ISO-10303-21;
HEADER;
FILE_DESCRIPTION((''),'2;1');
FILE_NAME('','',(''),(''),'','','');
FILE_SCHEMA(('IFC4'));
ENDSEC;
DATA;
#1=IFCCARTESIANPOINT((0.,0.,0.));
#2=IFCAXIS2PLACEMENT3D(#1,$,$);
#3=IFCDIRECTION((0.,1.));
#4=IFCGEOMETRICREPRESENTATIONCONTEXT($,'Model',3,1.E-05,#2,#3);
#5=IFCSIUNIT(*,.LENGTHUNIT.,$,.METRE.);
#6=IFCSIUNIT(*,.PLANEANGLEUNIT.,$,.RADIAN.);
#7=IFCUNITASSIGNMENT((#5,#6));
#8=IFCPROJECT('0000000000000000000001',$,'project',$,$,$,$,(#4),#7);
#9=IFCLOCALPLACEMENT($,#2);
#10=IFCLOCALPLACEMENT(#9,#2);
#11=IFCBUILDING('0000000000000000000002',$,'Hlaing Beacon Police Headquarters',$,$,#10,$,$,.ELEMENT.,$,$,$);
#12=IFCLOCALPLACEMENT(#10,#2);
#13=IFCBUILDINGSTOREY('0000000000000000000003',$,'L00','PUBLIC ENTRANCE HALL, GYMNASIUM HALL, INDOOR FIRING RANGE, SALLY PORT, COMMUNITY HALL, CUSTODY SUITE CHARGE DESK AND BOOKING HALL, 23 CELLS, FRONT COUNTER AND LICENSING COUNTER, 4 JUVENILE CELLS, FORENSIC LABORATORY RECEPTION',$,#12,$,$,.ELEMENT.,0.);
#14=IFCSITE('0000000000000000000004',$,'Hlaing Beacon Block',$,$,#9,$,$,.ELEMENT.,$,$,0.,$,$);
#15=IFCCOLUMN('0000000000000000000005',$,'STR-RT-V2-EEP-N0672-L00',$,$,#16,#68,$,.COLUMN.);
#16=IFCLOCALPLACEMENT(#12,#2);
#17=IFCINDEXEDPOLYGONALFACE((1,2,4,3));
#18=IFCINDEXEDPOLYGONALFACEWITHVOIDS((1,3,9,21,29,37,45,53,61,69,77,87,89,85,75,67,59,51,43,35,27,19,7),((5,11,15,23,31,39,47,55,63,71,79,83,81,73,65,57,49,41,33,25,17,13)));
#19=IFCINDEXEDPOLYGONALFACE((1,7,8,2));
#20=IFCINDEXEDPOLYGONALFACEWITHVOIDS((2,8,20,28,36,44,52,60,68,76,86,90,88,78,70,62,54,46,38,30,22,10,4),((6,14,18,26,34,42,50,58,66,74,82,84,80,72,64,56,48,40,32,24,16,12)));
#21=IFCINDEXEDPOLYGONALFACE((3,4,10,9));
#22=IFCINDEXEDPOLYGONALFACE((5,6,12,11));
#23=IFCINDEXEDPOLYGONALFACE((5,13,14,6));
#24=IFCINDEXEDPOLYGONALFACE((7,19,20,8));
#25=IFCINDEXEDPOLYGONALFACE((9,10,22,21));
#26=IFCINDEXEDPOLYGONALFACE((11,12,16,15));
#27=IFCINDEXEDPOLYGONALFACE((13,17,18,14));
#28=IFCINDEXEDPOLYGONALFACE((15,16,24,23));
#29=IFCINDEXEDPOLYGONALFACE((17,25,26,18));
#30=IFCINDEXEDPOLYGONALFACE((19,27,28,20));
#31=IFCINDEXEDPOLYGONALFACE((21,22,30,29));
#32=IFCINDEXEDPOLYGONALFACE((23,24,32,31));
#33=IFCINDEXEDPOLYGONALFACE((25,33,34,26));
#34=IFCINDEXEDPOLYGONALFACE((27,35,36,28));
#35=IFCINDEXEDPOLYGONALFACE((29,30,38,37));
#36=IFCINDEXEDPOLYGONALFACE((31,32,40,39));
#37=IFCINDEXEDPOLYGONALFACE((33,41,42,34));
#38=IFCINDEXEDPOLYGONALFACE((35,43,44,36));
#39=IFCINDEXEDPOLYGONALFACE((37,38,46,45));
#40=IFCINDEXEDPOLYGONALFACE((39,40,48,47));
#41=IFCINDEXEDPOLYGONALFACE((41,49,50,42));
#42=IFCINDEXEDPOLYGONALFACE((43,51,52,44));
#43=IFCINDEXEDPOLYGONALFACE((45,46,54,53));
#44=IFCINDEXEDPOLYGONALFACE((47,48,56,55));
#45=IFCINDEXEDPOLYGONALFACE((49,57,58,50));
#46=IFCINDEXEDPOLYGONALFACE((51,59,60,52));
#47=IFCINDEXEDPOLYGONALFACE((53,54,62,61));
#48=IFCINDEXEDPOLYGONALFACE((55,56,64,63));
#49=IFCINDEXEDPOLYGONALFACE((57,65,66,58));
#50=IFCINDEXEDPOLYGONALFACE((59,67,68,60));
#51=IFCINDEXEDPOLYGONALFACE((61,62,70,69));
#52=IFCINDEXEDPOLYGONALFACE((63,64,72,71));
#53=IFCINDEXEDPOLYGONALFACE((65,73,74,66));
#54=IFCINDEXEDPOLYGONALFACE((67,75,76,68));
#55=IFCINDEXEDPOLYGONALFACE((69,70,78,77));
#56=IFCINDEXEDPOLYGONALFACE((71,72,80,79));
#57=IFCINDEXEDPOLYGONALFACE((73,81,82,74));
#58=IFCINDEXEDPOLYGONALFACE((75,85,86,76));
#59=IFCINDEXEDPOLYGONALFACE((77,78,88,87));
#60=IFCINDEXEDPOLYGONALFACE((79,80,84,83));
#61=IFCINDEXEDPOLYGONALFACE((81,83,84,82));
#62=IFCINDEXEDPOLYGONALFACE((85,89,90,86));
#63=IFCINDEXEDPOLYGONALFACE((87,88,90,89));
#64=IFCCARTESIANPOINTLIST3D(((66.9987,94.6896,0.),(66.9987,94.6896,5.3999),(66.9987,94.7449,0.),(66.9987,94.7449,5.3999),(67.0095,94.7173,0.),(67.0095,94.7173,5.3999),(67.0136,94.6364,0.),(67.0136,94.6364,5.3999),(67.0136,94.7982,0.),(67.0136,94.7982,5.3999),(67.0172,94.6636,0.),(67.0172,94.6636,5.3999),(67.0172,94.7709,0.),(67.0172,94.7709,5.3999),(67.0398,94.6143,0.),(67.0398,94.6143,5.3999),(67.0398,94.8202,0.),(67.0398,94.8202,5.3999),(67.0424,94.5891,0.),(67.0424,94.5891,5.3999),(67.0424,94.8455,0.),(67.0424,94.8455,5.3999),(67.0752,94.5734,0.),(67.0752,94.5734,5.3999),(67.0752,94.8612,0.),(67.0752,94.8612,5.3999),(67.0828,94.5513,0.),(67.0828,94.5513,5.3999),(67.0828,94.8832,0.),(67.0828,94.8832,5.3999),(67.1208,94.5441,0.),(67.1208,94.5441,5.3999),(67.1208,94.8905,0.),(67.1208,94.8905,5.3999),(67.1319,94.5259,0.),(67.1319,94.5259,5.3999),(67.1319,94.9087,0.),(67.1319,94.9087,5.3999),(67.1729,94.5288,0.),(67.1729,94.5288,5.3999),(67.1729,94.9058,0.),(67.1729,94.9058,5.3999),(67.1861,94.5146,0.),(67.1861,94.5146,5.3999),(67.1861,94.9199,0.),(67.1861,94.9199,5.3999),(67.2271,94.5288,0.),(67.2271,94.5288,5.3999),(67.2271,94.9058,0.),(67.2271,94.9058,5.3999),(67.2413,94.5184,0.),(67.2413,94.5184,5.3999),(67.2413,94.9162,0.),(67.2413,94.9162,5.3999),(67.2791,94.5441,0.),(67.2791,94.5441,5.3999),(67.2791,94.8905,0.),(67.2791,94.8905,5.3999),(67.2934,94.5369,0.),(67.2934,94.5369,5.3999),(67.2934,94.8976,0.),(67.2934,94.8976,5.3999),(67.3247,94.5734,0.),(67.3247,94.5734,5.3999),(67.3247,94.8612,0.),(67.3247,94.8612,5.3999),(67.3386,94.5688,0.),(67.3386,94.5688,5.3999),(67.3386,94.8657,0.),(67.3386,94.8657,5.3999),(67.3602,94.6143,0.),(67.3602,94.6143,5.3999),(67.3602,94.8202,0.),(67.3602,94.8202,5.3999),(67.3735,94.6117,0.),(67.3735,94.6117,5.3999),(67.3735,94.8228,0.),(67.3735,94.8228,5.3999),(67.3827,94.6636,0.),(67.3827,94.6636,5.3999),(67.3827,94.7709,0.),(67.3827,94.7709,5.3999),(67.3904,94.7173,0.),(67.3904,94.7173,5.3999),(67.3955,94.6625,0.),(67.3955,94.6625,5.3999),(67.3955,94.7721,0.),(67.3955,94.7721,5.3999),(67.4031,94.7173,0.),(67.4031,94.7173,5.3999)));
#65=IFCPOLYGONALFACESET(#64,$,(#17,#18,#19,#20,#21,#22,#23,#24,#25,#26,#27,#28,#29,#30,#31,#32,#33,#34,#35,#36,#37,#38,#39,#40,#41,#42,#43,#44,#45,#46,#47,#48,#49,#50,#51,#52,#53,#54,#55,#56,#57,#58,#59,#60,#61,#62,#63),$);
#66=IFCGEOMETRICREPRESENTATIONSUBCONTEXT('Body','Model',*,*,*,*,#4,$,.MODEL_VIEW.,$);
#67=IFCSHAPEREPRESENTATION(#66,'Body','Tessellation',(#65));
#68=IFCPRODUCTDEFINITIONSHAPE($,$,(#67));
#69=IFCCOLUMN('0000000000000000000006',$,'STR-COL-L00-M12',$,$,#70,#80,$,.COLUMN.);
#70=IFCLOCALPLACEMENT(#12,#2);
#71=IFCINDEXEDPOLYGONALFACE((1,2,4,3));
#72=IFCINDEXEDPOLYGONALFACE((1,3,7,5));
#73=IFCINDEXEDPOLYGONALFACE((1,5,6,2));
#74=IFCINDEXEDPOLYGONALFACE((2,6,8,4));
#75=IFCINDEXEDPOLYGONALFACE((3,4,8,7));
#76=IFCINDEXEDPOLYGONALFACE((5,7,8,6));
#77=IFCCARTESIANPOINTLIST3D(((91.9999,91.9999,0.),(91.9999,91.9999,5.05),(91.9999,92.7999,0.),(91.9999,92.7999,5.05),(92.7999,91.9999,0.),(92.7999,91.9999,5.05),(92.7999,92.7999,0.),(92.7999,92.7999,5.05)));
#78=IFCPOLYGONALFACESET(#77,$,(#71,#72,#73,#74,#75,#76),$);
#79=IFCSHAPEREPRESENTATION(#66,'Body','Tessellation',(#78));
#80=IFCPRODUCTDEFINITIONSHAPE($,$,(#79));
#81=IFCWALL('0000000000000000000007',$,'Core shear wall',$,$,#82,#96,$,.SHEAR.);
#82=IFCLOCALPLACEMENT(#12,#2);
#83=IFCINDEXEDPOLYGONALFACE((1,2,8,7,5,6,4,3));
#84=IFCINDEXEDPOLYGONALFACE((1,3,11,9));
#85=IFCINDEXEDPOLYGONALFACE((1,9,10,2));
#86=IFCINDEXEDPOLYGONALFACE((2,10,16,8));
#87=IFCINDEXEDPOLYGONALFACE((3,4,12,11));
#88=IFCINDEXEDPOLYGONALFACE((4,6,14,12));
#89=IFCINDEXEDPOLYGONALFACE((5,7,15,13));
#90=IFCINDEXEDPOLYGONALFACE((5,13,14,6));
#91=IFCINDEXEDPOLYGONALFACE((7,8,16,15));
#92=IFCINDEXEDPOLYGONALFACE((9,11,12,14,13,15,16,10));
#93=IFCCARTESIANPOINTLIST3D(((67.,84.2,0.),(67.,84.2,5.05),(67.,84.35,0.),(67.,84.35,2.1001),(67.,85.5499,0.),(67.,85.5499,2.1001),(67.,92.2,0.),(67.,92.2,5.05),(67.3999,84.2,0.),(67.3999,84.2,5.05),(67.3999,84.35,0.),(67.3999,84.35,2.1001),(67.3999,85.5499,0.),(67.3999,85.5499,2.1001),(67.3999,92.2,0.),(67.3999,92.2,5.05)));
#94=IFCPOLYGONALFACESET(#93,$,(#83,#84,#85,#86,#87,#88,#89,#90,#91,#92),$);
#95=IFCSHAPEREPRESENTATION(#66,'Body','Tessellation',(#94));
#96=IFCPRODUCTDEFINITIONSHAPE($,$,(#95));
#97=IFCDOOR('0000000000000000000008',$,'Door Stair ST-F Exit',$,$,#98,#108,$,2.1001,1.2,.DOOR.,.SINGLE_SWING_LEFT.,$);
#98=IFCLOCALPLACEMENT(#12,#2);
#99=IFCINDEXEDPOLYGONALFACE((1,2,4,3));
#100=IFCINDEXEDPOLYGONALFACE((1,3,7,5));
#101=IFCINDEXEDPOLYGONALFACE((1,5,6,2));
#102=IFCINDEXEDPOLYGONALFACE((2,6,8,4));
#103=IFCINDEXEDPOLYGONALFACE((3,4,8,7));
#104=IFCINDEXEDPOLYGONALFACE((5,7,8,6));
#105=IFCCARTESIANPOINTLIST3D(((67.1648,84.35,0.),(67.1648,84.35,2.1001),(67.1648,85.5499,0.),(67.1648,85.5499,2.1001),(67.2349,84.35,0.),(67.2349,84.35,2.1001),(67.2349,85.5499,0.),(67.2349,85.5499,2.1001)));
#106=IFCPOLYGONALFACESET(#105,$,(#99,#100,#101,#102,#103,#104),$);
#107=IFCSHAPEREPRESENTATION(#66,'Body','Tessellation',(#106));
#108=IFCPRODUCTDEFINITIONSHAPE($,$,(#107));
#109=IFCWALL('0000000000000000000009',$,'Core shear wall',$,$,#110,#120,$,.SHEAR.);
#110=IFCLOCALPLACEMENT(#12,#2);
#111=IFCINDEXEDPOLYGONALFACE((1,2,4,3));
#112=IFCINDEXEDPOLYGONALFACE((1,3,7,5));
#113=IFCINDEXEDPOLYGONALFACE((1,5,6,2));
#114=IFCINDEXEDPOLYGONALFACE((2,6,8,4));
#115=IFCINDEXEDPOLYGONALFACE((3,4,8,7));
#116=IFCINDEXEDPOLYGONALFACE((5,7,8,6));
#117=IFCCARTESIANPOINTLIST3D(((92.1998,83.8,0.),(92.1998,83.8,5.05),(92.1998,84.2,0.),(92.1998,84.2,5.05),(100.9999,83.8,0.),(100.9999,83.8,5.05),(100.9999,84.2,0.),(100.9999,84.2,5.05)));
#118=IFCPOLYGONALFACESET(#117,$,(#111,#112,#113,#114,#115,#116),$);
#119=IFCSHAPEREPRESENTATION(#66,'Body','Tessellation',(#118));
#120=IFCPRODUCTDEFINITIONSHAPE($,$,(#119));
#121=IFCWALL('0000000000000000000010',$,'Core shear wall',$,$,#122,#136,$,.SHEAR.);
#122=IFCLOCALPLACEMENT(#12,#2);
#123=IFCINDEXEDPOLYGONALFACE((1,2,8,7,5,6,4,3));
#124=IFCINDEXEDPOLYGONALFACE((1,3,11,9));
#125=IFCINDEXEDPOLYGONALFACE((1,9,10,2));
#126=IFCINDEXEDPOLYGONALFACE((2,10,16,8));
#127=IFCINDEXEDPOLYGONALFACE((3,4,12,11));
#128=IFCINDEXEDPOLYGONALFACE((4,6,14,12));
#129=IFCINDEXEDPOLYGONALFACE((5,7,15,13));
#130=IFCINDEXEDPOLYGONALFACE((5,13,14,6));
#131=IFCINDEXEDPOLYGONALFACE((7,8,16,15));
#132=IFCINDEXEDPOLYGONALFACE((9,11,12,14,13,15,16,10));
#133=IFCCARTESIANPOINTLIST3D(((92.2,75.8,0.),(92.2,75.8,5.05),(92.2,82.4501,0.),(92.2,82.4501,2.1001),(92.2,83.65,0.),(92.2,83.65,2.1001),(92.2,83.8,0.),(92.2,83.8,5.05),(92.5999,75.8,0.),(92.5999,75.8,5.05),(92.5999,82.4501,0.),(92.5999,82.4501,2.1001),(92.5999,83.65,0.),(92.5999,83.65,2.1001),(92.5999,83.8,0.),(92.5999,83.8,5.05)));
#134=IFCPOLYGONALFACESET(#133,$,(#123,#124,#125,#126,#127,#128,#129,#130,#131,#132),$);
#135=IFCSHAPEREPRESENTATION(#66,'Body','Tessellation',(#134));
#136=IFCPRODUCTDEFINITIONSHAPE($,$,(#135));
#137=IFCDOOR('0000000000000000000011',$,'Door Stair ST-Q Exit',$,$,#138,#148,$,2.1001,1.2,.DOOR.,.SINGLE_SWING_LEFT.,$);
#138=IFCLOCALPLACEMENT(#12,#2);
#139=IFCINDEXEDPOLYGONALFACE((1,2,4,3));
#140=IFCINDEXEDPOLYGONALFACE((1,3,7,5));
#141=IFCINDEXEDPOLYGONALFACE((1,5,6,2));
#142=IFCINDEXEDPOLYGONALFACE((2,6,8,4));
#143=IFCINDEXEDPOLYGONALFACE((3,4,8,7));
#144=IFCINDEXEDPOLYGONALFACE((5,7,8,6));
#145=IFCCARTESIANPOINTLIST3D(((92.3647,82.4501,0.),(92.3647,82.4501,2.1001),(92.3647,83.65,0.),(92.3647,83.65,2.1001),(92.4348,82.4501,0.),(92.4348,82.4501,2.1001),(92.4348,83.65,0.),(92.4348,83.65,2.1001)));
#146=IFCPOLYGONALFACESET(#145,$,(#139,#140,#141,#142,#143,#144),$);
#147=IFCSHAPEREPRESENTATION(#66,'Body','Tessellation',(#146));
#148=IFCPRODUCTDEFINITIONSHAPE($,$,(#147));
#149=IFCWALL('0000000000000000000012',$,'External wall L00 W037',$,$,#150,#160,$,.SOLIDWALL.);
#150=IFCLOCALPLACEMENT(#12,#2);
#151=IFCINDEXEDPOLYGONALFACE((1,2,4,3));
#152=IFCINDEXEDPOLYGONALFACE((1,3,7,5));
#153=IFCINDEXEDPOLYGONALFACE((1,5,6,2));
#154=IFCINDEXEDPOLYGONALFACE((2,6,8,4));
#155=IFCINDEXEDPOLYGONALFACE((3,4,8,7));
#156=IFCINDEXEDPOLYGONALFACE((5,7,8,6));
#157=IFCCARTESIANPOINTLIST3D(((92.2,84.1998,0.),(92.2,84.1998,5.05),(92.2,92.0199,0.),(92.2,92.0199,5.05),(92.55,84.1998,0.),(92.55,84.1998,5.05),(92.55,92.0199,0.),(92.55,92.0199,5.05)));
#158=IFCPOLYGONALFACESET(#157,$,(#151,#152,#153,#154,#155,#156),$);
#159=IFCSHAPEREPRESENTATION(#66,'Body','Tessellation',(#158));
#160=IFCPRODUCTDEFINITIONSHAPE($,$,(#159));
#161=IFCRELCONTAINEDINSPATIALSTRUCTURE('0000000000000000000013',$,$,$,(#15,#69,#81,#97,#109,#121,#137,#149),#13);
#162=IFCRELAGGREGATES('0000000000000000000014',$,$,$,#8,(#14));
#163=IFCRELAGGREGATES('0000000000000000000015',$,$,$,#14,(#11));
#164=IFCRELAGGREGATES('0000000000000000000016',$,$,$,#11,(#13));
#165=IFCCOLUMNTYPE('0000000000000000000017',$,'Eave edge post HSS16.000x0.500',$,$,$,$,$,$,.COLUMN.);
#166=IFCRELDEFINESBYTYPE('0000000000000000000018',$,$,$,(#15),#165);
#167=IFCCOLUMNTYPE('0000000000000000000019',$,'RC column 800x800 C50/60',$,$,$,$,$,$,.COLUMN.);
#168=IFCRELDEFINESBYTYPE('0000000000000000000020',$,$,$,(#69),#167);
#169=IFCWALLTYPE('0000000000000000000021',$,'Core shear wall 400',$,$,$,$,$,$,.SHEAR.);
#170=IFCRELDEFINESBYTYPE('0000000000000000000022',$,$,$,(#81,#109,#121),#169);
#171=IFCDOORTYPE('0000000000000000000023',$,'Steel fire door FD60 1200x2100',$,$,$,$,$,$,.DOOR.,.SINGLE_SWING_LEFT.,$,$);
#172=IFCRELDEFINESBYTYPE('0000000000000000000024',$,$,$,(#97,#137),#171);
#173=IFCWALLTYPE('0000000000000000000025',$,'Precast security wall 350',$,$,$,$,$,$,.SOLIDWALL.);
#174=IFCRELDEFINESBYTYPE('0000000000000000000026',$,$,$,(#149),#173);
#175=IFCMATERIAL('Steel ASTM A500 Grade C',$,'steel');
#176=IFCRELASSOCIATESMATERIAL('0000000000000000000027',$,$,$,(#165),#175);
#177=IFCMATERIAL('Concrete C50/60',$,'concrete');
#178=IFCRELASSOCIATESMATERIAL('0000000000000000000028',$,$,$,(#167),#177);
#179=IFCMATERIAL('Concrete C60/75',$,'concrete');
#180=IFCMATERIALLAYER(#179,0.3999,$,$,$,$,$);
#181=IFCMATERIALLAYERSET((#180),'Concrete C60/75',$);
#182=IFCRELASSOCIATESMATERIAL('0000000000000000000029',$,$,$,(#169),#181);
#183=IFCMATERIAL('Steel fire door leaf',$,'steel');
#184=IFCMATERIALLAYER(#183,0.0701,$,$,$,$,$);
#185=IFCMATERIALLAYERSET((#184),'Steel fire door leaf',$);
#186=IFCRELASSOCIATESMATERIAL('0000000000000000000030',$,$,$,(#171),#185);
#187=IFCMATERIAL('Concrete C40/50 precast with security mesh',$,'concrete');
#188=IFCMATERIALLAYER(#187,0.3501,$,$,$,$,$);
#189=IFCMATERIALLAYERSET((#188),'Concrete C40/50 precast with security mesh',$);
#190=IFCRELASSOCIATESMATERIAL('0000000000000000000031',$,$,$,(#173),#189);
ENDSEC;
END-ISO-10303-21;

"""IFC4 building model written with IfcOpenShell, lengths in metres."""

from ifc_helpers import new_model, si_unit, direction, frame, frame_2d, origin, origin_2d, place, context, subcontext, project, spatial, rectangle, hollow_circle, extrude, material, layer, layer_set, material_profile, profile_set, type_object, element, fill, save


model = new_model("IFC4")

# Units and contexts
model_context = context("Model", 3, precision=1e-05, world=origin(), true_north=direction((0.0, 1.0)))
body_context = subcontext(model_context, "Body", "Model", "MODEL_VIEW")
ifc_project = project(units=[si_unit("LENGTHUNIT", "METRE"), si_unit("PLANEANGLEUNIT", "RADIAN")], contexts=[model_context])

# Site, building, storey
site_placement = place(None, origin())
site = spatial("IfcSite", under=ifc_project, at=site_placement, Name="Hlaing Beacon Block", CompositionType="ELEMENT", RefElevation=0.0)
building_placement = place(site_placement, origin())
building = spatial("IfcBuilding", under=site, at=building_placement, Name="Hlaing Beacon Police Headquarters", CompositionType="ELEMENT")
storey_placement = place(building_placement, origin())
storey = spatial("IfcBuildingStorey", under=building, at=storey_placement, Name="L00", Description="PUBLIC ENTRANCE HALL, GYMNASIUM HALL, INDOOR FIRING RANGE, SALLY PORT, COMMUNITY HALL, CUSTODY SUITE CHARGE DESK AND BOOKING HALL, 23 CELLS, FRONT COUNTER AND LICENSING COUNTER, 4 JUVENILE CELLS, FORENSIC LABORATORY RECEPTION", CompositionType="ELEMENT", Elevation=0.0)

# Columns
ifc_material_1 = material(Name="Steel ASTM A500 Grade C", Category="steel")
ifc_material_profile_1 = material_profile(ifc_material_1, hollow_circle(Radius=0.2031, WallThickness=0.0127, at=origin_2d()), Name="HSS16.000x0.500")
ifc_profile_set_1 = profile_set([ifc_material_profile_1], Name="Steel ASTM A500 Grade C")
column_type_1 = type_object("IfcColumnType", Name="Eave edge post HSS16.000x0.500", PredefinedType="COLUMN", material=ifc_profile_set_1)
column_1_placement = place(storey_placement, frame((67.2, 94.7173, 0.0), z_axis=(0.0, 0.0, 1.0), x_axis=(1.0, 0.0, 0.0)))
element("IfcColumn", 1, at=column_1_placement, inside=storey, type_object=column_type_1, Name="STR-RT-V2-EEP-N0672-L00", PredefinedType="COLUMN", context=body_context, shape_type="SweptSolid", body=[
    extrude(hollow_circle(Radius=0.2031, WallThickness=0.0127, at=origin_2d()), origin(), (0.0, 0.0, 1.0), 5.3999),
])
ifc_material_2 = material(Name="Concrete C50/60", Category="concrete")
ifc_material_profile_2 = material_profile(ifc_material_2, rectangle(XDim=0.8, YDim=0.8, at=origin_2d()), Name="800x800")
ifc_profile_set_2 = profile_set([ifc_material_profile_2], Name="Concrete C50/60")
column_type_2 = type_object("IfcColumnType", Name="RC column 800x800 C50/60", PredefinedType="COLUMN", material=ifc_profile_set_2)
column_2_placement = place(storey_placement, frame((92.3999, 92.3999, 0.0), z_axis=(0.0, 0.0, 1.0), x_axis=(1.0, 0.0, 0.0)))
element("IfcColumn", 2, at=column_2_placement, inside=storey, type_object=column_type_2, Name="STR-COL-L00-M12", PredefinedType="COLUMN", context=body_context, shape_type="SweptSolid", body=[
    extrude(rectangle(XDim=0.8, YDim=0.8, at=origin_2d()), origin(), (0.0, 0.0, 1.0), 5.05),
])

# Wall, opening, door
ifc_material_3 = material(Name="Concrete C60/75", Category="concrete")
ifc_layer_1 = layer(ifc_material_3, 0.3999)
ifc_layer_set_1 = layer_set([ifc_layer_1], Name="Concrete C60/75")
wall_type_1 = type_object("IfcWallType", Name="Core shear wall 400", PredefinedType="SHEAR", material=ifc_layer_set_1)
wall_1_placement = place(storey_placement, frame((67.2, 84.2, 0.0), z_axis=(0.0, 0.0, 1.0), x_axis=(0.0, 1.0, 0.0)))
wall_1 = element("IfcWall", 3, at=wall_1_placement, inside=storey, type_object=wall_type_1, Name="Core shear wall", PredefinedType="SHEAR", context=body_context, shape_type="SweptSolid", body=[
    extrude(rectangle(XDim=8.0, YDim=0.3999, at=frame_2d((4.0, 0.0))), origin(), (0.0, 0.0, 1.0), 5.05),
])
opening_1_placement = place(wall_1_placement, frame((0.1499, 0.0, 0.0)))
opening_1 = element("IfcOpeningElement", 4, at=opening_1_placement, cuts=wall_1, PredefinedType="OPENING", context=body_context, shape_type="SweptSolid", body=[
    extrude(rectangle(XDim=1.2, YDim=2.1001, at=frame_2d((0.6001, 1.05))), frame((0.0, 0.21, 0.0), z_axis=(0.0, -1.0, 0.0), x_axis=(1.0, 0.0, 0.0)), (0.0, 0.0, 1.0), 0.4199),
])
ifc_material_4 = material(Name="Steel fire door leaf", Category="steel")
ifc_layer_2 = layer(ifc_material_4, 0.0701)
ifc_layer_set_2 = layer_set([ifc_layer_2], Name="Steel fire door leaf")
door_type = type_object("IfcDoorType", Name="Steel fire door FD60 1200x2100", OperationType="SINGLE_SWING_LEFT", PredefinedType="DOOR", material=ifc_layer_set_2)
door_1_placement = place(opening_1_placement, frame((1.2, 0.0, 0.0), z_axis=(0.0, 0.0, 1.0), x_axis=(-1.0, 0.0, 0.0)))
door_1 = element("IfcDoor", 5, at=door_1_placement, inside=storey, type_object=door_type, Name="Door Stair ST-F Exit", OperationType="SINGLE_SWING_LEFT", OverallHeight=2.1001, OverallWidth=1.2, PredefinedType="DOOR", context=body_context, shape_type="SweptSolid", body=[
    extrude(rectangle(XDim=1.2, YDim=2.1001, at=frame_2d((0.5999, 1.05))), frame((0.0, 0.0349, 0.0), z_axis=(0.0, -1.0, 0.0), x_axis=(1.0, 0.0, 0.0)), (0.0, 0.0, 1.0), 0.0701),
])
fill(opening_1, door_1)

# Wall
wall_2_placement = place(storey_placement, frame((92.2, 84.0, 0.0), z_axis=(0.0, 0.0, 1.0), x_axis=(1.0, 0.0, 0.0)))
element("IfcWall", 6, at=wall_2_placement, inside=storey, type_object=wall_type_1, Name="Core shear wall", PredefinedType="SHEAR", context=body_context, shape_type="SweptSolid", body=[
    extrude(rectangle(XDim=8.8, YDim=0.3999, at=frame_2d((4.3999, 0.0))), origin(), (0.0, 0.0, 1.0), 5.05),
])

# Wall, opening, door
wall_3_placement = place(storey_placement, frame((92.3999, 75.8, 0.0), z_axis=(0.0, 0.0, 1.0), x_axis=(0.0, 1.0, 0.0)))
wall_3 = element("IfcWall", 7, at=wall_3_placement, inside=storey, type_object=wall_type_1, Name="Core shear wall", PredefinedType="SHEAR", context=body_context, shape_type="SweptSolid", body=[
    extrude(rectangle(XDim=8.0, YDim=0.3999, at=frame_2d((4.0, 0.0))), origin(), (0.0, 0.0, 1.0), 5.05),
])
opening_2_placement = place(wall_3_placement, frame((6.6499, 0.0, 0.0)))
opening_2 = element("IfcOpeningElement", 8, at=opening_2_placement, cuts=wall_3, PredefinedType="OPENING", context=body_context, shape_type="SweptSolid", body=[
    extrude(rectangle(XDim=1.2, YDim=2.1001, at=frame_2d((0.6001, 1.05))), frame((0.0, 0.21, 0.0), z_axis=(0.0, -1.0, 0.0), x_axis=(1.0, 0.0, 0.0)), (0.0, 0.0, 1.0), 0.4199),
])
door_2_placement = place(opening_2_placement, origin())
door_2 = element("IfcDoor", 9, at=door_2_placement, inside=storey, type_object=door_type, Name="Door Stair ST-Q Exit", OperationType="SINGLE_SWING_LEFT", OverallHeight=2.1001, OverallWidth=1.2, PredefinedType="DOOR", context=body_context, shape_type="SweptSolid", body=[
    extrude(rectangle(XDim=1.2, YDim=2.1001, at=frame_2d((0.6001, 1.05))), frame((0.0, 0.0352, 0.0), z_axis=(0.0, -1.0, 0.0), x_axis=(1.0, 0.0, 0.0)), (0.0, 0.0, 1.0), 0.0701),
])
fill(opening_2, door_2)

# Wall
ifc_material_5 = material(Name="Concrete C40/50 precast with security mesh", Category="concrete")
ifc_layer_3 = layer(ifc_material_5, 0.3501)
ifc_layer_set_3 = layer_set([ifc_layer_3], Name="Concrete C40/50 precast with security mesh")
wall_type_2 = type_object("IfcWallType", Name="Precast security wall 350", PredefinedType="SOLIDWALL", material=ifc_layer_set_3)
wall_4_placement = place(storey_placement, frame((92.375, 92.02, 0.0), z_axis=(0.0, 0.0, 1.0), x_axis=(0.0, -1.0, 0.0)))
element("IfcWall", 10, at=wall_4_placement, inside=storey, type_object=wall_type_2, Name="External wall L00 W037", PredefinedType="SOLIDWALL", context=body_context, shape_type="SweptSolid", body=[
    extrude(rectangle(XDim=7.8201, YDim=0.3501, at=frame_2d((3.9102, 0.0))), origin(), (0.0, 0.0, 1.0), 5.05),
])

save(model, "model.ifc")
